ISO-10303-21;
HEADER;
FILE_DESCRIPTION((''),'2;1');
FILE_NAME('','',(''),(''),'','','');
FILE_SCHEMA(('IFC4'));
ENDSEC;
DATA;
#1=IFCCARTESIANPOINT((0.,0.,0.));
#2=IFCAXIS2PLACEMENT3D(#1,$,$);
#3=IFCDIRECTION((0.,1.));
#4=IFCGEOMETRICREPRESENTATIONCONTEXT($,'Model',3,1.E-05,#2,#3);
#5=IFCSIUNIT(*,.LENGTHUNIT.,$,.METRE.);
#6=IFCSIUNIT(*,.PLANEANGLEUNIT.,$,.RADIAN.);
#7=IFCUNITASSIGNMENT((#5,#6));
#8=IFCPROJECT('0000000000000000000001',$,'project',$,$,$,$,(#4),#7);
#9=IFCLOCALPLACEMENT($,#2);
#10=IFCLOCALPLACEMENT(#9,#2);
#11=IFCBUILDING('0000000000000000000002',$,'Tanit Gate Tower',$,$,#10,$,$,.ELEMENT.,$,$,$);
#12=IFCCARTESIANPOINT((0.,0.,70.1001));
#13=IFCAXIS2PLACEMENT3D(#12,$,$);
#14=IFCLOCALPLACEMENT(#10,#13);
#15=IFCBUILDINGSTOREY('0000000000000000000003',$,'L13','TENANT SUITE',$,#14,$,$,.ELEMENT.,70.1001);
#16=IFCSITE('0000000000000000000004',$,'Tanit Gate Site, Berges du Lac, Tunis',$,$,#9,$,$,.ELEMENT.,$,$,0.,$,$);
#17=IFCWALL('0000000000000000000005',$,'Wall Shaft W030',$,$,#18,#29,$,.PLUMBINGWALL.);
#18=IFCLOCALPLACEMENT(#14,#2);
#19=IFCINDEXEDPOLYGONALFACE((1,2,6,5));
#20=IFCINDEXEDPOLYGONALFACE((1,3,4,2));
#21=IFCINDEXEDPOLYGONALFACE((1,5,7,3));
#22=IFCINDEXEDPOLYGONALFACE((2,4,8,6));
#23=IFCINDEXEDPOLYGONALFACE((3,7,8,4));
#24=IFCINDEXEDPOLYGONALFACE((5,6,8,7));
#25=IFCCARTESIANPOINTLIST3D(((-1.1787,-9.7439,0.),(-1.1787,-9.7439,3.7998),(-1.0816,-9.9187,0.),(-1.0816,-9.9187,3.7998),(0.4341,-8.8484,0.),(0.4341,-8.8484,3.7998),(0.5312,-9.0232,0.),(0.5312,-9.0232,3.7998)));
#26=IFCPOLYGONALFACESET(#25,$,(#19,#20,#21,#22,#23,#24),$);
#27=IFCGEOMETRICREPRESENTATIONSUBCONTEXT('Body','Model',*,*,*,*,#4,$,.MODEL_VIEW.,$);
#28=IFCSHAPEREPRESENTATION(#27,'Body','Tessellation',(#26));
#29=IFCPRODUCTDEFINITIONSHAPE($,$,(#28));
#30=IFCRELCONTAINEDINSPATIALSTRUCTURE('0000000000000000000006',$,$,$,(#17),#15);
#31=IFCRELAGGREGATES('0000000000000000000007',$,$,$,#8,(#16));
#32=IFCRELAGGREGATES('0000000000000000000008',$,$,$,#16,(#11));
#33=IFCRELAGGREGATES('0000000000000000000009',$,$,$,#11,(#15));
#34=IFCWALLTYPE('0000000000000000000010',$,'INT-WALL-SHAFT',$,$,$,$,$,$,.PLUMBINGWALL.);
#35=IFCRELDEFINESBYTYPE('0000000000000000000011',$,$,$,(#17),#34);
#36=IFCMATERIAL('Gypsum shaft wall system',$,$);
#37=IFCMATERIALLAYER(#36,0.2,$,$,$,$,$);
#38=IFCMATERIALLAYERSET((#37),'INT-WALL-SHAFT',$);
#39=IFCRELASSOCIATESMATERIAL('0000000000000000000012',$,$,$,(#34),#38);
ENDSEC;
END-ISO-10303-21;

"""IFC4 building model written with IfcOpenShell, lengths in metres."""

from ifc_helpers import new_model, si_unit, direction, frame, frame_2d, origin, place, context, subcontext, project, spatial, rectangle, extrude, material, layer, layer_set, type_object, element, save


model = new_model("IFC4")

# Units and contexts
model_context = context("Model", 3, precision=1e-05, world=origin(), true_north=direction((0.0, 1.0)))
body_context = subcontext(model_context, "Body", "Model", "MODEL_VIEW")
ifc_project = project(units=[si_unit("LENGTHUNIT", "METRE"), si_unit("PLANEANGLEUNIT", "RADIAN")], contexts=[model_context])

# Site, building, storey
site_placement = place(None, origin())
site = spatial("IfcSite", under=ifc_project, at=site_placement, Name="Tanit Gate Site, Berges du Lac, Tunis", CompositionType="ELEMENT", RefElevation=0.0)
building_placement = place(site_placement, origin())
building = spatial("IfcBuilding", under=site, at=building_placement, Name="Tanit Gate Tower", CompositionType="ELEMENT")
storey_placement = place(building_placement, frame((0.0, 0.0, 70.1001)))
storey = spatial("IfcBuildingStorey", under=building, at=storey_placement, Name="L13", Description="TENANT SUITE", CompositionType="ELEMENT", Elevation=70.1001)

# Wall
ifc_material_1 = material(Name="Gypsum shaft wall system")
ifc_layer_1 = layer(ifc_material_1, 0.2)
ifc_layer_set_1 = layer_set([ifc_layer_1], Name="INT-WALL-SHAFT")
wall_type_1 = type_object("IfcWallType", Name="INT-WALL-SHAFT", PredefinedType="PLUMBINGWALL", material=ifc_layer_set_1)
wall_1_placement = place(storey_placement, frame((-1.1301, -9.8313, 0.0), z_axis=(0.0, 0.0, 1.0), x_axis=(0.87427, 0.485441, 0.0)))
element("IfcWall", 1, at=wall_1_placement, inside=storey, type_object=wall_type_1, Name="Wall Shaft W030", PredefinedType="PLUMBINGWALL", context=body_context, shape_type="SweptSolid", body=[
    extrude(rectangle(XDim=1.8447, YDim=0.2, at=frame_2d((0.9224, 0.0))), origin(), (0.0, 0.0, 1.0), 3.7998),
])

save(model, "model.ifc")
